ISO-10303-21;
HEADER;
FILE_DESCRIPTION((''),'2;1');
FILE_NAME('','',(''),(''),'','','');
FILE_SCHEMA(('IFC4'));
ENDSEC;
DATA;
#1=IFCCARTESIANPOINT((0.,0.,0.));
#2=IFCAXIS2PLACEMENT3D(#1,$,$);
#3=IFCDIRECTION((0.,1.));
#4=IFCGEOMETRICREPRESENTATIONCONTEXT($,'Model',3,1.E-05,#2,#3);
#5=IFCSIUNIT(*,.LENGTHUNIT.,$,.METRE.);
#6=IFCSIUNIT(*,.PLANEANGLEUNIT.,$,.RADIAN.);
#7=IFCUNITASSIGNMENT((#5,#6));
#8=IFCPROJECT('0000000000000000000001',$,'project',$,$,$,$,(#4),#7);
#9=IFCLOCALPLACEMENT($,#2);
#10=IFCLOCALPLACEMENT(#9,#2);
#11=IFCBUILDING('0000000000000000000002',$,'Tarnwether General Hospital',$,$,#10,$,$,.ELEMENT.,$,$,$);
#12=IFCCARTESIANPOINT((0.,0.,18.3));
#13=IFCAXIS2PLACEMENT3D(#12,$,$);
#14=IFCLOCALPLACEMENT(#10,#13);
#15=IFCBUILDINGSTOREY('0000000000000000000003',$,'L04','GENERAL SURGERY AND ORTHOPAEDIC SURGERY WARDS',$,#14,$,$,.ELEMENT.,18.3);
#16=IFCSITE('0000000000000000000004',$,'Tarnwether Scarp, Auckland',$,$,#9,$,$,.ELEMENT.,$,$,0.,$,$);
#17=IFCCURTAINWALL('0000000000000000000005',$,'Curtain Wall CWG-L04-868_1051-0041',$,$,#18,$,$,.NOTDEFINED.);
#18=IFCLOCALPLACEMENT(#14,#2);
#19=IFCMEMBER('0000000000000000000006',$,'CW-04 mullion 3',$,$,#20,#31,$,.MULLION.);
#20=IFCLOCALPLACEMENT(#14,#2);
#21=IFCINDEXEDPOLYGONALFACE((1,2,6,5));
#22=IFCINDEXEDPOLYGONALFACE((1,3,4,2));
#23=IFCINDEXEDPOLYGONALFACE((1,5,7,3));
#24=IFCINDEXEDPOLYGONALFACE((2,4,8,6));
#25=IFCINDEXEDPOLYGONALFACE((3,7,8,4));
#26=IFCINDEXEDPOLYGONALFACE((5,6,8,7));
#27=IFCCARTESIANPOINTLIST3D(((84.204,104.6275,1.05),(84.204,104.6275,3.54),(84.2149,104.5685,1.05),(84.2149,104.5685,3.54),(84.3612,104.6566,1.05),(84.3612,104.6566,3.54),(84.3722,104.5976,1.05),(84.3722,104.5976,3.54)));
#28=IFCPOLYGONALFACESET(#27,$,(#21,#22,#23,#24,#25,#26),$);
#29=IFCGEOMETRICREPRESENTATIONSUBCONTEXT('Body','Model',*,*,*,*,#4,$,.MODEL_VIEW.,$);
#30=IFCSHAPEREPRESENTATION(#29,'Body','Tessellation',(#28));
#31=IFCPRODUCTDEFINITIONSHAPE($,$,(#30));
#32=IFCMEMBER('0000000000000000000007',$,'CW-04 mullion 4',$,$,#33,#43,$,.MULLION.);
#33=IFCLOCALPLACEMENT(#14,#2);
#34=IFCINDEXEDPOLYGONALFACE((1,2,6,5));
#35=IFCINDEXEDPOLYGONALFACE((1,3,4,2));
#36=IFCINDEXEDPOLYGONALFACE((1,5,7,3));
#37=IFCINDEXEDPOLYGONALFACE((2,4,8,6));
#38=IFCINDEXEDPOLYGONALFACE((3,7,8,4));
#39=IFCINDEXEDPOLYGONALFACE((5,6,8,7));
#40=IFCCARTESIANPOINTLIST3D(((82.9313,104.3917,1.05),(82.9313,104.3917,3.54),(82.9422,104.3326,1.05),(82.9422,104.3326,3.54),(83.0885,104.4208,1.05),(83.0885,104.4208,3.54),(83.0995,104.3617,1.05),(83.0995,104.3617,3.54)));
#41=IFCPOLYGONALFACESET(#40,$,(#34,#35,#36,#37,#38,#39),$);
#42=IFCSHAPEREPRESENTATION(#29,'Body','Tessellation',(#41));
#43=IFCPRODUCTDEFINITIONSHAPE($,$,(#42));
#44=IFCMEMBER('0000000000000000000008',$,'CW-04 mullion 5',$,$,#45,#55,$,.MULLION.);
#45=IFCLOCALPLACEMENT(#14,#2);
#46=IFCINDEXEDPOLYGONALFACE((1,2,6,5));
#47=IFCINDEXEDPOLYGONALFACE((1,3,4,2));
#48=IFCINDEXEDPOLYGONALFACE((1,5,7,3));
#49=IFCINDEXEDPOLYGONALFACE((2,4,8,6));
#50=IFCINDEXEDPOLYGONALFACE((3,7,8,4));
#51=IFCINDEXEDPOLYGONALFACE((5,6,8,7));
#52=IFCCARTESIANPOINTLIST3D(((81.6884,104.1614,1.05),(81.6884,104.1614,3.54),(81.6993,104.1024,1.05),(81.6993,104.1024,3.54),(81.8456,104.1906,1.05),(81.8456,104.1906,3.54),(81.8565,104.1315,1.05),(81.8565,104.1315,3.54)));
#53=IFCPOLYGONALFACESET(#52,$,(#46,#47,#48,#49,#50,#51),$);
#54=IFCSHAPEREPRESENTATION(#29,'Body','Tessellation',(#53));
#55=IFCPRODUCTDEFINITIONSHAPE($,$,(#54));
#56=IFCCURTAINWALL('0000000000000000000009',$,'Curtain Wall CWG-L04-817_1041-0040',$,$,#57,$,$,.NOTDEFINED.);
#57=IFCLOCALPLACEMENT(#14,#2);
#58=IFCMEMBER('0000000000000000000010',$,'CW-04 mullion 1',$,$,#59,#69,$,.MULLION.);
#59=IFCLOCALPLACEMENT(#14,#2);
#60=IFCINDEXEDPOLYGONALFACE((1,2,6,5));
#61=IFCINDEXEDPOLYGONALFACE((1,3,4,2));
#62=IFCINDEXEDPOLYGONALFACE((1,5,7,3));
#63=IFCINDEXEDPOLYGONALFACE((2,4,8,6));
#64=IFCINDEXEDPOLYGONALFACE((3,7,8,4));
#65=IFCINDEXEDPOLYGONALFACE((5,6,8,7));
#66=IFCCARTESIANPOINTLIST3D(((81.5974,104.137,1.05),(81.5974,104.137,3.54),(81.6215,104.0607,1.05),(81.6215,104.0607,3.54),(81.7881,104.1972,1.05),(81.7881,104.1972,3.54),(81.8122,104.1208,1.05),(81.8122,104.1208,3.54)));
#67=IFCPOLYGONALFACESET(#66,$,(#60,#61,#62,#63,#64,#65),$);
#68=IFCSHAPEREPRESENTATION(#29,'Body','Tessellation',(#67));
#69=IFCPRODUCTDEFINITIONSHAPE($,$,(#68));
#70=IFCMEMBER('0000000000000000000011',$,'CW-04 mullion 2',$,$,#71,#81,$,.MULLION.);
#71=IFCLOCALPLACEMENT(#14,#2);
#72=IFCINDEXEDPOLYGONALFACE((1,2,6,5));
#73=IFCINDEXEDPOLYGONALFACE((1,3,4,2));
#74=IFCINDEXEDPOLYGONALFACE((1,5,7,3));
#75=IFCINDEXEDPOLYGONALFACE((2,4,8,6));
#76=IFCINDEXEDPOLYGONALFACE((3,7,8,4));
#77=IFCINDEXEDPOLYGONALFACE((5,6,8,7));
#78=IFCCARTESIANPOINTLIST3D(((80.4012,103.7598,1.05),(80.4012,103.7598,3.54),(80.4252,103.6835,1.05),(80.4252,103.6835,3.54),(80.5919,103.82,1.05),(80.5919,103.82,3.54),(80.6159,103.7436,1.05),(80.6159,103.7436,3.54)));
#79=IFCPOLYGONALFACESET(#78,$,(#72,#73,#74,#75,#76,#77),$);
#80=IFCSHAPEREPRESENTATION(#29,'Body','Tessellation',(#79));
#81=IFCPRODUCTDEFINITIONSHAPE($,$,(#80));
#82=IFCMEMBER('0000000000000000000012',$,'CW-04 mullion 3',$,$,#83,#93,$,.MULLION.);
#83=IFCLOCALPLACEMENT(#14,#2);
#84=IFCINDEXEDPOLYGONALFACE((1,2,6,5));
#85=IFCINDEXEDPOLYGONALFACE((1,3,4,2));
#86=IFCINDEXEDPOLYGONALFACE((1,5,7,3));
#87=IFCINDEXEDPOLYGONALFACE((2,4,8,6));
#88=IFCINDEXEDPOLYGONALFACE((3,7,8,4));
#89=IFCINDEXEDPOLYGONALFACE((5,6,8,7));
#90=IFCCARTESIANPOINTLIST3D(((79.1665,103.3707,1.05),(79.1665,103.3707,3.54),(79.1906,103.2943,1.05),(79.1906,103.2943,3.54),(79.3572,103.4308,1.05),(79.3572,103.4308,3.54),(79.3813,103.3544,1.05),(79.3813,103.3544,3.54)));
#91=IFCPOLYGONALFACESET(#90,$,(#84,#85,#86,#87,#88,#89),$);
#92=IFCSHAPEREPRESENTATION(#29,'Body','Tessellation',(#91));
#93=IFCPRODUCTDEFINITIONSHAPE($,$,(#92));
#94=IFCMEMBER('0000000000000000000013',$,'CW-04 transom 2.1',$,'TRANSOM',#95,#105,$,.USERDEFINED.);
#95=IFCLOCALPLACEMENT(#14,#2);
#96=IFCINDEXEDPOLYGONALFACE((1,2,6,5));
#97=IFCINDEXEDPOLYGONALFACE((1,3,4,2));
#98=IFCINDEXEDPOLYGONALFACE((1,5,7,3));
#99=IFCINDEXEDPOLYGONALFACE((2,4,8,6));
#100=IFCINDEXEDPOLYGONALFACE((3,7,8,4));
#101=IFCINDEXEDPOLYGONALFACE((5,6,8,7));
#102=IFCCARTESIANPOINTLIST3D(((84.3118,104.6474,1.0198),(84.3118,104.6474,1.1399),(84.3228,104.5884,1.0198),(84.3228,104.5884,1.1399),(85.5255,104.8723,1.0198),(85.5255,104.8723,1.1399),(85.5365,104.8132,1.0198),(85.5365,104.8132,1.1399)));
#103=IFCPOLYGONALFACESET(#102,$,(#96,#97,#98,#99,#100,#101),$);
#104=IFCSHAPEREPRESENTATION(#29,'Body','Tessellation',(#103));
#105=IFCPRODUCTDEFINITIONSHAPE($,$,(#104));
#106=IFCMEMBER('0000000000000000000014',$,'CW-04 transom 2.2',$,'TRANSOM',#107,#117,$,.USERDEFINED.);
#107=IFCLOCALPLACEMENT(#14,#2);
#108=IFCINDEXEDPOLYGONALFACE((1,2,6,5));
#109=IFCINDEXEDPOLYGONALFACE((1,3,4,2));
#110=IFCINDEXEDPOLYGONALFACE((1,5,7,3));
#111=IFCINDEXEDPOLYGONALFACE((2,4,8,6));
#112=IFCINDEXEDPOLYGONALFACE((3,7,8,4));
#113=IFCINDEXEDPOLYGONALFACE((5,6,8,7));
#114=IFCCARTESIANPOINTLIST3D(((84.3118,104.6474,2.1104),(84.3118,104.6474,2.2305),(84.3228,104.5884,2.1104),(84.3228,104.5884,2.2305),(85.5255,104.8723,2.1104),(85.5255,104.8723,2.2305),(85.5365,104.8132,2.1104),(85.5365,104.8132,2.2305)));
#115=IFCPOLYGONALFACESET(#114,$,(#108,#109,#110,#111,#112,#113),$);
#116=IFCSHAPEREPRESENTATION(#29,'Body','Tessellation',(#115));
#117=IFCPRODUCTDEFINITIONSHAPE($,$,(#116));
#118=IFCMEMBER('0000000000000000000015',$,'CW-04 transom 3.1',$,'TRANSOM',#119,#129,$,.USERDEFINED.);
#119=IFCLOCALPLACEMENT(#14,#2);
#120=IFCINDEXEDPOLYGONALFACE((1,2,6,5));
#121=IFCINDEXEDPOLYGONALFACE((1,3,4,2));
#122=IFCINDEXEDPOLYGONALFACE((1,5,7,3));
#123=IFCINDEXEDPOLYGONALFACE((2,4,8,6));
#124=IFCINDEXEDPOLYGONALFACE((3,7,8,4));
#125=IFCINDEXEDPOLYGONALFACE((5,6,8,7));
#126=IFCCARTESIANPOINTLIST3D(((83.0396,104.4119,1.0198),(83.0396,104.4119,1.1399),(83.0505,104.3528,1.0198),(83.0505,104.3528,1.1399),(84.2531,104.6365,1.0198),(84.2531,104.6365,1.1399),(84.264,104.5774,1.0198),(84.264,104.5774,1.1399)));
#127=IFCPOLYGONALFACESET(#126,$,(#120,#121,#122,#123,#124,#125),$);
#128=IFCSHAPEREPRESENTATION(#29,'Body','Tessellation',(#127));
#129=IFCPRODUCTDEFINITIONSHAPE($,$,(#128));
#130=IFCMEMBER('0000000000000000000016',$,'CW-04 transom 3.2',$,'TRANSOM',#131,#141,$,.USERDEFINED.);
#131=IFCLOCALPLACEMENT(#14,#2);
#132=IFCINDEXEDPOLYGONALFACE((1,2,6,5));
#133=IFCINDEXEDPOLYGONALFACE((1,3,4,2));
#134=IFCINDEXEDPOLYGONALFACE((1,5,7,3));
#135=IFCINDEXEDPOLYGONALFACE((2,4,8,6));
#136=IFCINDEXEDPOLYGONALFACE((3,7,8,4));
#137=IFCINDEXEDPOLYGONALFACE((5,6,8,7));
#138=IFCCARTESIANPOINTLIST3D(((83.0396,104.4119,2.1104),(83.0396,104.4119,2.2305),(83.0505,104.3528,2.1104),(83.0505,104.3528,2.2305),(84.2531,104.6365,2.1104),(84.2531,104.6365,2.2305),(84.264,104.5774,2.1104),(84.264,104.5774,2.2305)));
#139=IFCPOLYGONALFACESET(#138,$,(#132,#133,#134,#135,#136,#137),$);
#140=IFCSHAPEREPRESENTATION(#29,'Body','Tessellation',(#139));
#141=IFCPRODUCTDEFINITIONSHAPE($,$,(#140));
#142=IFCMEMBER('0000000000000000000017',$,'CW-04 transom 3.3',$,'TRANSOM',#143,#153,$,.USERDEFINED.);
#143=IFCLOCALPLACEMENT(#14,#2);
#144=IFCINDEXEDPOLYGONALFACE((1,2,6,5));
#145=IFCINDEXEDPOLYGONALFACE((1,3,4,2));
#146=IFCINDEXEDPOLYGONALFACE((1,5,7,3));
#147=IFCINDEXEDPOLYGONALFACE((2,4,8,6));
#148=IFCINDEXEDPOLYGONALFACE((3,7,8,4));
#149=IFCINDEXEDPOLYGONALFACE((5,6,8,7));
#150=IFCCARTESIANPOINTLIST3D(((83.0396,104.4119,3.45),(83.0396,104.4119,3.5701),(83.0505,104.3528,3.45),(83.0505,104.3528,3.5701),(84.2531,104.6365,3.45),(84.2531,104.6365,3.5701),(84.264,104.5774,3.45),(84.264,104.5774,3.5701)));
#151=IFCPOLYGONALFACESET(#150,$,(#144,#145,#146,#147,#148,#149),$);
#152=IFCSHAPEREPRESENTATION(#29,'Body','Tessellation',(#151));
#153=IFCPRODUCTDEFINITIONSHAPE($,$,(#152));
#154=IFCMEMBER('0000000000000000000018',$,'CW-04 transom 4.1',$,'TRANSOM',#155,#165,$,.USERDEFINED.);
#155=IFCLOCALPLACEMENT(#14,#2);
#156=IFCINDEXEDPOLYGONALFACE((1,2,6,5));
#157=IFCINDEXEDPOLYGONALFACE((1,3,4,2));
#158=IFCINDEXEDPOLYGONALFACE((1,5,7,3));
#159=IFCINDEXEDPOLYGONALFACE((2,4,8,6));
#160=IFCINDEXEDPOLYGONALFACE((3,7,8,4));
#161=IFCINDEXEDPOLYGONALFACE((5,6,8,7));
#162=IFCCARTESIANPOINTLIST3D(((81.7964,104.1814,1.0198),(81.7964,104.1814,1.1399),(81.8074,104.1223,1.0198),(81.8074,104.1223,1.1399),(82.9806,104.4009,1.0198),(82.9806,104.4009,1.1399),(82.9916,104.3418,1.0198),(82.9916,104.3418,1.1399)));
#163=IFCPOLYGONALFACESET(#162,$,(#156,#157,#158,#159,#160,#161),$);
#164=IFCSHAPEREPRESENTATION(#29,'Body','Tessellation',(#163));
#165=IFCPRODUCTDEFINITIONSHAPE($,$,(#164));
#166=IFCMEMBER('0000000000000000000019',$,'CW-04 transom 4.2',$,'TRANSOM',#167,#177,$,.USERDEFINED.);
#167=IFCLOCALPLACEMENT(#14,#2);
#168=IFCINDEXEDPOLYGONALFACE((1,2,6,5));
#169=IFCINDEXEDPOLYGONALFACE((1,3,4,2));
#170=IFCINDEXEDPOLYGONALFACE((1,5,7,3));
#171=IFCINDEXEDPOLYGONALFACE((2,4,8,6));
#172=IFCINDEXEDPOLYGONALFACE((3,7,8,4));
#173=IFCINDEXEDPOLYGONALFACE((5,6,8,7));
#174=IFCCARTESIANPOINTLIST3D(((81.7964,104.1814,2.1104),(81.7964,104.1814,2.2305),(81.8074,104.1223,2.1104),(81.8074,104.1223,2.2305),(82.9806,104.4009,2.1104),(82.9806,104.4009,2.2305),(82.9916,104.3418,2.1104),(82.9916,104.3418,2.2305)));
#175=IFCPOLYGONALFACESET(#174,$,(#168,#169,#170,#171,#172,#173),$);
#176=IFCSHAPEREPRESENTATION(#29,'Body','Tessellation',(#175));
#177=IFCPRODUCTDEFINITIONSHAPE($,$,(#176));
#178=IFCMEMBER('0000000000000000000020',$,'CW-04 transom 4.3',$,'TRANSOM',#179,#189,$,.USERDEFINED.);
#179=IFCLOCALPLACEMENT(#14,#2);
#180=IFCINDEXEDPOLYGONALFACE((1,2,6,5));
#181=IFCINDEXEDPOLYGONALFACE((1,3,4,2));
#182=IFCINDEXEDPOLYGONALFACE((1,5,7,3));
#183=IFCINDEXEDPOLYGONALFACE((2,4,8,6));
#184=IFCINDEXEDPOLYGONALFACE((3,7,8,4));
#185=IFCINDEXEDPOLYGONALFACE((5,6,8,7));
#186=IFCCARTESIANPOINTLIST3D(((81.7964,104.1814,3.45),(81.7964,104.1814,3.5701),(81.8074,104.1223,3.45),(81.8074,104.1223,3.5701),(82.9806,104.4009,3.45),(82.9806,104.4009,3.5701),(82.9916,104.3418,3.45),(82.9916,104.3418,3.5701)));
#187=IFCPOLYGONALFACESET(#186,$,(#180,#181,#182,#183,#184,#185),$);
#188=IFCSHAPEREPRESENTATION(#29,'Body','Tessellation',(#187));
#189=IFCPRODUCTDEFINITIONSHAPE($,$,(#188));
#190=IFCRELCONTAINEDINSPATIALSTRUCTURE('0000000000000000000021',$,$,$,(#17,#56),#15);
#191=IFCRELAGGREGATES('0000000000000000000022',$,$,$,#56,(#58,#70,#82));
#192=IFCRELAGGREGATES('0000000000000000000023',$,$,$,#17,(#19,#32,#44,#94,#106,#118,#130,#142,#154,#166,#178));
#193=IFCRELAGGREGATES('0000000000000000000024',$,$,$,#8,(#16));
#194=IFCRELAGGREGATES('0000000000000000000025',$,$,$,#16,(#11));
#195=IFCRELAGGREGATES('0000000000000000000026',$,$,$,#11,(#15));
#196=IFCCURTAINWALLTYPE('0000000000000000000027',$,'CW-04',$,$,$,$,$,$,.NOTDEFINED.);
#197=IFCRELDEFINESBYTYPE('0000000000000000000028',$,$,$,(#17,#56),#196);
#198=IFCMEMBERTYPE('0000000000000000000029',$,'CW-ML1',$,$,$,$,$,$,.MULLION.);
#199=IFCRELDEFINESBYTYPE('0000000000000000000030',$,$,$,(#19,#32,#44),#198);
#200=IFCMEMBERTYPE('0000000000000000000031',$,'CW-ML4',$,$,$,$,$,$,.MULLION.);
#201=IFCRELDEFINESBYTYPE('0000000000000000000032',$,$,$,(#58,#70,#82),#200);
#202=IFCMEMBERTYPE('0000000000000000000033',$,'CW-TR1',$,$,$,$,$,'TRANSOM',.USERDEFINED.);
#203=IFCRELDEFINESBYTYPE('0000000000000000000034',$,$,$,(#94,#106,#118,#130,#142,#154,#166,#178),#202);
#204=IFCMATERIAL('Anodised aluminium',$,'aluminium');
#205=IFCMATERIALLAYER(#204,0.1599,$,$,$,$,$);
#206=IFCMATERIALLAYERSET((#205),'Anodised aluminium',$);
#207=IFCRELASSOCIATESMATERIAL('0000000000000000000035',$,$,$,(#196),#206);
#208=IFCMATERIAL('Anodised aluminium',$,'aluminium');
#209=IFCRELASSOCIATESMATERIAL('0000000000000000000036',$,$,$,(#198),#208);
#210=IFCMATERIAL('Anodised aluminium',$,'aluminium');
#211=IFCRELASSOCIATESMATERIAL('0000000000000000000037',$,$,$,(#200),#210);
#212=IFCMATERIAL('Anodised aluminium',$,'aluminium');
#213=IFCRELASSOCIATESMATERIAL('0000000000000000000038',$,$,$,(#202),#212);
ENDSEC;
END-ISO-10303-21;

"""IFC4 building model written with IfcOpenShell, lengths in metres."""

from ifc_helpers import new_model, si_unit, direction, frame, origin, origin_2d, place, context, subcontext, project, spatial, rectangle, extrude, material, layer, layer_set, material_profile, profile_set, type_object, element, aggregate, save


model = new_model("IFC4")

# Units and contexts
model_context = context("Model", 3, precision=1e-05, world=origin(), true_north=direction((0.0, 1.0)))
body_context = subcontext(model_context, "Body", "Model", "MODEL_VIEW")
ifc_project = project(units=[si_unit("LENGTHUNIT", "METRE"), si_unit("PLANEANGLEUNIT", "RADIAN")], contexts=[model_context])

# Site, building, storey
site_placement = place(None, origin())
site = spatial("IfcSite", under=ifc_project, at=site_placement, Name="Tarnwether Scarp, Auckland", CompositionType="ELEMENT", RefElevation=0.0)
building_placement = place(site_placement, origin())
building = spatial("IfcBuilding", under=site, at=building_placement, Name="Tarnwether General Hospital", CompositionType="ELEMENT")
storey_placement = place(building_placement, frame((0.0, 0.0, 18.3)))
storey = spatial("IfcBuildingStorey", under=building, at=storey_placement, Name="L04", Description="GENERAL SURGERY AND ORTHOPAEDIC SURGERY WARDS", CompositionType="ELEMENT", Elevation=18.3)

# Curtain walls, members
ifc_material_1 = material(Name="Anodised aluminium", Category="aluminium")
ifc_layer_1 = layer(ifc_material_1, 0.1599)
ifc_layer_set_1 = layer_set([ifc_layer_1], Name="Anodised aluminium")
curtain_wall_type = type_object("IfcCurtainWallType", Name="CW-04", PredefinedType="NOTDEFINED", material=ifc_layer_set_1)
curtain_wall_1_placement = place(storey_placement, origin())
curtain_wall_1 = element("IfcCurtainWall", 1, at=curtain_wall_1_placement, inside=storey, type_object=curtain_wall_type, Name="Curtain Wall CWG-L04-868_1051-0041", PredefinedType="NOTDEFINED")
ifc_material_2 = material(Name="Anodised aluminium", Category="aluminium")
ifc_material_profile_1 = material_profile(ifc_material_2, rectangle(XDim=0.0601, YDim=0.1599, at=origin_2d()), Name="ALU-MUL-60x160")
ifc_profile_set_1 = profile_set([ifc_material_profile_1], Name="Anodised aluminium")
member_type_1 = type_object("IfcMemberType", Name="CW-ML1", PredefinedType="MULLION", material=ifc_profile_set_1)
member_1_placement = place(storey_placement, frame((84.2881, 104.6125, 1.05), z_axis=(0.0, 0.0, 1.0), x_axis=(0.182165, -0.983268, 0.0)))
member_1 = element("IfcMember", 2, at=member_1_placement, type_object=member_type_1, Name="CW-04 mullion 3", PredefinedType="MULLION", context=body_context, shape_type="SweptSolid", body=[
    extrude(rectangle(XDim=0.0601, YDim=0.1599, at=origin_2d()), origin(), (0.0, 0.0, 1.0), 2.49),
])
member_2_placement = place(storey_placement, frame((83.0154, 104.3767, 1.05), z_axis=(0.0, 0.0, 1.0), x_axis=(0.182165, -0.983268, 0.0)))
member_2 = element("IfcMember", 3, at=member_2_placement, type_object=member_type_1, Name="CW-04 mullion 4", PredefinedType="MULLION", context=body_context, shape_type="SweptSolid", body=[
    extrude(rectangle(XDim=0.0601, YDim=0.1599, at=origin_2d()), origin(), (0.0, 0.0, 1.0), 2.49),
])
member_3_placement = place(storey_placement, frame((81.7725, 104.1465, 1.05), z_axis=(0.0, 0.0, 1.0), x_axis=(0.182165, -0.983268, 0.0)))
member_3 = element("IfcMember", 4, at=member_3_placement, type_object=member_type_1, Name="CW-04 mullion 5", PredefinedType="MULLION", context=body_context, shape_type="SweptSolid", body=[
    extrude(rectangle(XDim=0.0601, YDim=0.1599, at=origin_2d()), origin(), (0.0, 0.0, 1.0), 2.49),
])
curtain_wall_2_placement = place(storey_placement, origin())
curtain_wall_2 = element("IfcCurtainWall", 5, at=curtain_wall_2_placement, inside=storey, type_object=curtain_wall_type, Name="Curtain Wall CWG-L04-817_1041-0040", PredefinedType="NOTDEFINED")
ifc_material_3 = material(Name="Anodised aluminium", Category="aluminium")
ifc_material_profile_2 = material_profile(ifc_material_3, rectangle(XDim=0.0801, YDim=0.2, at=origin_2d()), Name="ALU-MUL-80x200")
ifc_profile_set_2 = profile_set([ifc_material_profile_2], Name="Anodised aluminium")
member_type_2 = type_object("IfcMemberType", Name="CW-ML4", PredefinedType="MULLION", material=ifc_profile_set_2)
member_4_placement = place(storey_placement, frame((81.7048, 104.1289, 1.05), z_axis=(0.0, 0.0, 1.0), x_axis=(0.300715, -0.953714, 0.0)))
member_4 = element("IfcMember", 6, at=member_4_placement, type_object=member_type_2, Name="CW-04 mullion 1", PredefinedType="MULLION", context=body_context, shape_type="SweptSolid", body=[
    extrude(rectangle(XDim=0.0801, YDim=0.2, at=origin_2d()), origin(), (0.0, 0.0, 1.0), 2.49),
])
member_5_placement = place(storey_placement, frame((80.5085, 103.7517, 1.05), z_axis=(0.0, 0.0, 1.0), x_axis=(0.300715, -0.953714, 0.0)))
member_5 = element("IfcMember", 7, at=member_5_placement, type_object=member_type_2, Name="CW-04 mullion 2", PredefinedType="MULLION", context=body_context, shape_type="SweptSolid", body=[
    extrude(rectangle(XDim=0.0801, YDim=0.2, at=origin_2d()), origin(), (0.0, 0.0, 1.0), 2.49),
])
member_6_placement = place(storey_placement, frame((79.2739, 103.3625, 1.05), z_axis=(0.0, 0.0, 1.0), x_axis=(0.300715, -0.953714, 0.0)))
member_6 = element("IfcMember", 8, at=member_6_placement, type_object=member_type_2, Name="CW-04 mullion 3", PredefinedType="MULLION", context=body_context, shape_type="SweptSolid", body=[
    extrude(rectangle(XDim=0.0801, YDim=0.2, at=origin_2d()), origin(), (0.0, 0.0, 1.0), 2.49),
])

# Members
ifc_material_4 = material(Name="Anodised aluminium", Category="aluminium")
ifc_material_profile_3 = material_profile(ifc_material_4, rectangle(XDim=0.0601, YDim=0.1201, at=origin_2d()), Name="ALU-TRN-60x120")
ifc_profile_set_3 = profile_set([ifc_material_profile_3], Name="Anodised aluminium")
member_type_3 = type_object("IfcMemberType", Name="CW-TR1", ElementType="TRANSOM", PredefinedType="USERDEFINED", material=ifc_profile_set_3)
member_7_placement = place(storey_placement, frame((85.531, 104.8428, 1.0798), z_axis=(-0.983266, -0.182174, 0.0), x_axis=(0.182174, -0.983266, 0.0)))
member_7 = element("IfcMember", 9, at=member_7_placement, type_object=member_type_3, Name="CW-04 transom 2.1", ObjectType="TRANSOM", PredefinedType="USERDEFINED", context=body_context, shape_type="SweptSolid", body=[
    extrude(rectangle(XDim=0.0601, YDim=0.1201, at=origin_2d()), origin(), (0.0, 0.0, 1.0), 1.2344),
])
member_8_placement = place(storey_placement, frame((85.531, 104.8428, 2.1704), z_axis=(-0.983266, -0.182174, 0.0), x_axis=(0.182174, -0.983266, 0.0)))
member_8 = element("IfcMember", 10, at=member_8_placement, type_object=member_type_3, Name="CW-04 transom 2.2", ObjectType="TRANSOM", PredefinedType="USERDEFINED", context=body_context, shape_type="SweptSolid", body=[
    extrude(rectangle(XDim=0.0601, YDim=0.1201, at=origin_2d()), origin(), (0.0, 0.0, 1.0), 1.2344),
])
member_9_placement = place(storey_placement, frame((84.2585, 104.6069, 1.0798), z_axis=(-0.983302, -0.181983, 0.0), x_axis=(0.181983, -0.983302, 0.0)))
member_9 = element("IfcMember", 11, at=member_9_placement, type_object=member_type_3, Name="CW-04 transom 3.1", ObjectType="TRANSOM", PredefinedType="USERDEFINED", context=body_context, shape_type="SweptSolid", body=[
    extrude(rectangle(XDim=0.0601, YDim=0.1201, at=origin_2d()), origin(), (0.0, 0.0, 1.0), 1.2341),
])
member_10_placement = place(storey_placement, frame((84.2585, 104.6069, 2.1704), z_axis=(-0.983302, -0.181983, 0.0), x_axis=(0.181983, -0.983302, 0.0)))
member_10 = element("IfcMember", 12, at=member_10_placement, type_object=member_type_3, Name="CW-04 transom 3.2", ObjectType="TRANSOM", PredefinedType="USERDEFINED", context=body_context, shape_type="SweptSolid", body=[
    extrude(rectangle(XDim=0.0601, YDim=0.1201, at=origin_2d()), origin(), (0.0, 0.0, 1.0), 1.2341),
])
member_11_placement = place(storey_placement, frame((84.2585, 104.6069, 3.51), z_axis=(-0.983302, -0.181983, 0.0), x_axis=(0.181983, -0.983302, 0.0)))
member_11 = element("IfcMember", 13, at=member_11_placement, type_object=member_type_3, Name="CW-04 transom 3.3", ObjectType="TRANSOM", PredefinedType="USERDEFINED", context=body_context, shape_type="SweptSolid", body=[
    extrude(rectangle(XDim=0.0601, YDim=0.1201, at=origin_2d()), origin(), (0.0, 0.0, 1.0), 1.2341),
])
member_12_placement = place(storey_placement, frame((82.9861, 104.3713, 1.0798), z_axis=(-0.983251, -0.182256, 0.0), x_axis=(0.182256, -0.983251, 0.0)))
member_12 = element("IfcMember", 14, at=member_12_placement, type_object=member_type_3, Name="CW-04 transom 4.1", ObjectType="TRANSOM", PredefinedType="USERDEFINED", context=body_context, shape_type="SweptSolid", body=[
    extrude(rectangle(XDim=0.0601, YDim=0.1201, at=origin_2d()), origin(), (0.0, 0.0, 1.0), 1.2043),
])
member_13_placement = place(storey_placement, frame((82.9861, 104.3713, 2.1704), z_axis=(-0.983251, -0.182256, 0.0), x_axis=(0.182256, -0.983251, 0.0)))
member_13 = element("IfcMember", 15, at=member_13_placement, type_object=member_type_3, Name="CW-04 transom 4.2", ObjectType="TRANSOM", PredefinedType="USERDEFINED", context=body_context, shape_type="SweptSolid", body=[
    extrude(rectangle(XDim=0.0601, YDim=0.1201, at=origin_2d()), origin(), (0.0, 0.0, 1.0), 1.2043),
])
member_14_placement = place(storey_placement, frame((82.9861, 104.3713, 3.51), z_axis=(-0.983251, -0.182256, 0.0), x_axis=(0.182256, -0.983251, 0.0)))
member_14 = element("IfcMember", 16, at=member_14_placement, type_object=member_type_3, Name="CW-04 transom 4.3", ObjectType="TRANSOM", PredefinedType="USERDEFINED", context=body_context, shape_type="SweptSolid", body=[
    extrude(rectangle(XDim=0.0601, YDim=0.1201, at=origin_2d()), origin(), (0.0, 0.0, 1.0), 1.2043),
])

aggregate(curtain_wall_2, [member_4, member_5, member_6])
aggregate(curtain_wall_1, [member_1, member_2, member_3, member_7, member_8, member_9, member_10, member_11, member_12, member_13, member_14])

save(model, "model.ifc")
